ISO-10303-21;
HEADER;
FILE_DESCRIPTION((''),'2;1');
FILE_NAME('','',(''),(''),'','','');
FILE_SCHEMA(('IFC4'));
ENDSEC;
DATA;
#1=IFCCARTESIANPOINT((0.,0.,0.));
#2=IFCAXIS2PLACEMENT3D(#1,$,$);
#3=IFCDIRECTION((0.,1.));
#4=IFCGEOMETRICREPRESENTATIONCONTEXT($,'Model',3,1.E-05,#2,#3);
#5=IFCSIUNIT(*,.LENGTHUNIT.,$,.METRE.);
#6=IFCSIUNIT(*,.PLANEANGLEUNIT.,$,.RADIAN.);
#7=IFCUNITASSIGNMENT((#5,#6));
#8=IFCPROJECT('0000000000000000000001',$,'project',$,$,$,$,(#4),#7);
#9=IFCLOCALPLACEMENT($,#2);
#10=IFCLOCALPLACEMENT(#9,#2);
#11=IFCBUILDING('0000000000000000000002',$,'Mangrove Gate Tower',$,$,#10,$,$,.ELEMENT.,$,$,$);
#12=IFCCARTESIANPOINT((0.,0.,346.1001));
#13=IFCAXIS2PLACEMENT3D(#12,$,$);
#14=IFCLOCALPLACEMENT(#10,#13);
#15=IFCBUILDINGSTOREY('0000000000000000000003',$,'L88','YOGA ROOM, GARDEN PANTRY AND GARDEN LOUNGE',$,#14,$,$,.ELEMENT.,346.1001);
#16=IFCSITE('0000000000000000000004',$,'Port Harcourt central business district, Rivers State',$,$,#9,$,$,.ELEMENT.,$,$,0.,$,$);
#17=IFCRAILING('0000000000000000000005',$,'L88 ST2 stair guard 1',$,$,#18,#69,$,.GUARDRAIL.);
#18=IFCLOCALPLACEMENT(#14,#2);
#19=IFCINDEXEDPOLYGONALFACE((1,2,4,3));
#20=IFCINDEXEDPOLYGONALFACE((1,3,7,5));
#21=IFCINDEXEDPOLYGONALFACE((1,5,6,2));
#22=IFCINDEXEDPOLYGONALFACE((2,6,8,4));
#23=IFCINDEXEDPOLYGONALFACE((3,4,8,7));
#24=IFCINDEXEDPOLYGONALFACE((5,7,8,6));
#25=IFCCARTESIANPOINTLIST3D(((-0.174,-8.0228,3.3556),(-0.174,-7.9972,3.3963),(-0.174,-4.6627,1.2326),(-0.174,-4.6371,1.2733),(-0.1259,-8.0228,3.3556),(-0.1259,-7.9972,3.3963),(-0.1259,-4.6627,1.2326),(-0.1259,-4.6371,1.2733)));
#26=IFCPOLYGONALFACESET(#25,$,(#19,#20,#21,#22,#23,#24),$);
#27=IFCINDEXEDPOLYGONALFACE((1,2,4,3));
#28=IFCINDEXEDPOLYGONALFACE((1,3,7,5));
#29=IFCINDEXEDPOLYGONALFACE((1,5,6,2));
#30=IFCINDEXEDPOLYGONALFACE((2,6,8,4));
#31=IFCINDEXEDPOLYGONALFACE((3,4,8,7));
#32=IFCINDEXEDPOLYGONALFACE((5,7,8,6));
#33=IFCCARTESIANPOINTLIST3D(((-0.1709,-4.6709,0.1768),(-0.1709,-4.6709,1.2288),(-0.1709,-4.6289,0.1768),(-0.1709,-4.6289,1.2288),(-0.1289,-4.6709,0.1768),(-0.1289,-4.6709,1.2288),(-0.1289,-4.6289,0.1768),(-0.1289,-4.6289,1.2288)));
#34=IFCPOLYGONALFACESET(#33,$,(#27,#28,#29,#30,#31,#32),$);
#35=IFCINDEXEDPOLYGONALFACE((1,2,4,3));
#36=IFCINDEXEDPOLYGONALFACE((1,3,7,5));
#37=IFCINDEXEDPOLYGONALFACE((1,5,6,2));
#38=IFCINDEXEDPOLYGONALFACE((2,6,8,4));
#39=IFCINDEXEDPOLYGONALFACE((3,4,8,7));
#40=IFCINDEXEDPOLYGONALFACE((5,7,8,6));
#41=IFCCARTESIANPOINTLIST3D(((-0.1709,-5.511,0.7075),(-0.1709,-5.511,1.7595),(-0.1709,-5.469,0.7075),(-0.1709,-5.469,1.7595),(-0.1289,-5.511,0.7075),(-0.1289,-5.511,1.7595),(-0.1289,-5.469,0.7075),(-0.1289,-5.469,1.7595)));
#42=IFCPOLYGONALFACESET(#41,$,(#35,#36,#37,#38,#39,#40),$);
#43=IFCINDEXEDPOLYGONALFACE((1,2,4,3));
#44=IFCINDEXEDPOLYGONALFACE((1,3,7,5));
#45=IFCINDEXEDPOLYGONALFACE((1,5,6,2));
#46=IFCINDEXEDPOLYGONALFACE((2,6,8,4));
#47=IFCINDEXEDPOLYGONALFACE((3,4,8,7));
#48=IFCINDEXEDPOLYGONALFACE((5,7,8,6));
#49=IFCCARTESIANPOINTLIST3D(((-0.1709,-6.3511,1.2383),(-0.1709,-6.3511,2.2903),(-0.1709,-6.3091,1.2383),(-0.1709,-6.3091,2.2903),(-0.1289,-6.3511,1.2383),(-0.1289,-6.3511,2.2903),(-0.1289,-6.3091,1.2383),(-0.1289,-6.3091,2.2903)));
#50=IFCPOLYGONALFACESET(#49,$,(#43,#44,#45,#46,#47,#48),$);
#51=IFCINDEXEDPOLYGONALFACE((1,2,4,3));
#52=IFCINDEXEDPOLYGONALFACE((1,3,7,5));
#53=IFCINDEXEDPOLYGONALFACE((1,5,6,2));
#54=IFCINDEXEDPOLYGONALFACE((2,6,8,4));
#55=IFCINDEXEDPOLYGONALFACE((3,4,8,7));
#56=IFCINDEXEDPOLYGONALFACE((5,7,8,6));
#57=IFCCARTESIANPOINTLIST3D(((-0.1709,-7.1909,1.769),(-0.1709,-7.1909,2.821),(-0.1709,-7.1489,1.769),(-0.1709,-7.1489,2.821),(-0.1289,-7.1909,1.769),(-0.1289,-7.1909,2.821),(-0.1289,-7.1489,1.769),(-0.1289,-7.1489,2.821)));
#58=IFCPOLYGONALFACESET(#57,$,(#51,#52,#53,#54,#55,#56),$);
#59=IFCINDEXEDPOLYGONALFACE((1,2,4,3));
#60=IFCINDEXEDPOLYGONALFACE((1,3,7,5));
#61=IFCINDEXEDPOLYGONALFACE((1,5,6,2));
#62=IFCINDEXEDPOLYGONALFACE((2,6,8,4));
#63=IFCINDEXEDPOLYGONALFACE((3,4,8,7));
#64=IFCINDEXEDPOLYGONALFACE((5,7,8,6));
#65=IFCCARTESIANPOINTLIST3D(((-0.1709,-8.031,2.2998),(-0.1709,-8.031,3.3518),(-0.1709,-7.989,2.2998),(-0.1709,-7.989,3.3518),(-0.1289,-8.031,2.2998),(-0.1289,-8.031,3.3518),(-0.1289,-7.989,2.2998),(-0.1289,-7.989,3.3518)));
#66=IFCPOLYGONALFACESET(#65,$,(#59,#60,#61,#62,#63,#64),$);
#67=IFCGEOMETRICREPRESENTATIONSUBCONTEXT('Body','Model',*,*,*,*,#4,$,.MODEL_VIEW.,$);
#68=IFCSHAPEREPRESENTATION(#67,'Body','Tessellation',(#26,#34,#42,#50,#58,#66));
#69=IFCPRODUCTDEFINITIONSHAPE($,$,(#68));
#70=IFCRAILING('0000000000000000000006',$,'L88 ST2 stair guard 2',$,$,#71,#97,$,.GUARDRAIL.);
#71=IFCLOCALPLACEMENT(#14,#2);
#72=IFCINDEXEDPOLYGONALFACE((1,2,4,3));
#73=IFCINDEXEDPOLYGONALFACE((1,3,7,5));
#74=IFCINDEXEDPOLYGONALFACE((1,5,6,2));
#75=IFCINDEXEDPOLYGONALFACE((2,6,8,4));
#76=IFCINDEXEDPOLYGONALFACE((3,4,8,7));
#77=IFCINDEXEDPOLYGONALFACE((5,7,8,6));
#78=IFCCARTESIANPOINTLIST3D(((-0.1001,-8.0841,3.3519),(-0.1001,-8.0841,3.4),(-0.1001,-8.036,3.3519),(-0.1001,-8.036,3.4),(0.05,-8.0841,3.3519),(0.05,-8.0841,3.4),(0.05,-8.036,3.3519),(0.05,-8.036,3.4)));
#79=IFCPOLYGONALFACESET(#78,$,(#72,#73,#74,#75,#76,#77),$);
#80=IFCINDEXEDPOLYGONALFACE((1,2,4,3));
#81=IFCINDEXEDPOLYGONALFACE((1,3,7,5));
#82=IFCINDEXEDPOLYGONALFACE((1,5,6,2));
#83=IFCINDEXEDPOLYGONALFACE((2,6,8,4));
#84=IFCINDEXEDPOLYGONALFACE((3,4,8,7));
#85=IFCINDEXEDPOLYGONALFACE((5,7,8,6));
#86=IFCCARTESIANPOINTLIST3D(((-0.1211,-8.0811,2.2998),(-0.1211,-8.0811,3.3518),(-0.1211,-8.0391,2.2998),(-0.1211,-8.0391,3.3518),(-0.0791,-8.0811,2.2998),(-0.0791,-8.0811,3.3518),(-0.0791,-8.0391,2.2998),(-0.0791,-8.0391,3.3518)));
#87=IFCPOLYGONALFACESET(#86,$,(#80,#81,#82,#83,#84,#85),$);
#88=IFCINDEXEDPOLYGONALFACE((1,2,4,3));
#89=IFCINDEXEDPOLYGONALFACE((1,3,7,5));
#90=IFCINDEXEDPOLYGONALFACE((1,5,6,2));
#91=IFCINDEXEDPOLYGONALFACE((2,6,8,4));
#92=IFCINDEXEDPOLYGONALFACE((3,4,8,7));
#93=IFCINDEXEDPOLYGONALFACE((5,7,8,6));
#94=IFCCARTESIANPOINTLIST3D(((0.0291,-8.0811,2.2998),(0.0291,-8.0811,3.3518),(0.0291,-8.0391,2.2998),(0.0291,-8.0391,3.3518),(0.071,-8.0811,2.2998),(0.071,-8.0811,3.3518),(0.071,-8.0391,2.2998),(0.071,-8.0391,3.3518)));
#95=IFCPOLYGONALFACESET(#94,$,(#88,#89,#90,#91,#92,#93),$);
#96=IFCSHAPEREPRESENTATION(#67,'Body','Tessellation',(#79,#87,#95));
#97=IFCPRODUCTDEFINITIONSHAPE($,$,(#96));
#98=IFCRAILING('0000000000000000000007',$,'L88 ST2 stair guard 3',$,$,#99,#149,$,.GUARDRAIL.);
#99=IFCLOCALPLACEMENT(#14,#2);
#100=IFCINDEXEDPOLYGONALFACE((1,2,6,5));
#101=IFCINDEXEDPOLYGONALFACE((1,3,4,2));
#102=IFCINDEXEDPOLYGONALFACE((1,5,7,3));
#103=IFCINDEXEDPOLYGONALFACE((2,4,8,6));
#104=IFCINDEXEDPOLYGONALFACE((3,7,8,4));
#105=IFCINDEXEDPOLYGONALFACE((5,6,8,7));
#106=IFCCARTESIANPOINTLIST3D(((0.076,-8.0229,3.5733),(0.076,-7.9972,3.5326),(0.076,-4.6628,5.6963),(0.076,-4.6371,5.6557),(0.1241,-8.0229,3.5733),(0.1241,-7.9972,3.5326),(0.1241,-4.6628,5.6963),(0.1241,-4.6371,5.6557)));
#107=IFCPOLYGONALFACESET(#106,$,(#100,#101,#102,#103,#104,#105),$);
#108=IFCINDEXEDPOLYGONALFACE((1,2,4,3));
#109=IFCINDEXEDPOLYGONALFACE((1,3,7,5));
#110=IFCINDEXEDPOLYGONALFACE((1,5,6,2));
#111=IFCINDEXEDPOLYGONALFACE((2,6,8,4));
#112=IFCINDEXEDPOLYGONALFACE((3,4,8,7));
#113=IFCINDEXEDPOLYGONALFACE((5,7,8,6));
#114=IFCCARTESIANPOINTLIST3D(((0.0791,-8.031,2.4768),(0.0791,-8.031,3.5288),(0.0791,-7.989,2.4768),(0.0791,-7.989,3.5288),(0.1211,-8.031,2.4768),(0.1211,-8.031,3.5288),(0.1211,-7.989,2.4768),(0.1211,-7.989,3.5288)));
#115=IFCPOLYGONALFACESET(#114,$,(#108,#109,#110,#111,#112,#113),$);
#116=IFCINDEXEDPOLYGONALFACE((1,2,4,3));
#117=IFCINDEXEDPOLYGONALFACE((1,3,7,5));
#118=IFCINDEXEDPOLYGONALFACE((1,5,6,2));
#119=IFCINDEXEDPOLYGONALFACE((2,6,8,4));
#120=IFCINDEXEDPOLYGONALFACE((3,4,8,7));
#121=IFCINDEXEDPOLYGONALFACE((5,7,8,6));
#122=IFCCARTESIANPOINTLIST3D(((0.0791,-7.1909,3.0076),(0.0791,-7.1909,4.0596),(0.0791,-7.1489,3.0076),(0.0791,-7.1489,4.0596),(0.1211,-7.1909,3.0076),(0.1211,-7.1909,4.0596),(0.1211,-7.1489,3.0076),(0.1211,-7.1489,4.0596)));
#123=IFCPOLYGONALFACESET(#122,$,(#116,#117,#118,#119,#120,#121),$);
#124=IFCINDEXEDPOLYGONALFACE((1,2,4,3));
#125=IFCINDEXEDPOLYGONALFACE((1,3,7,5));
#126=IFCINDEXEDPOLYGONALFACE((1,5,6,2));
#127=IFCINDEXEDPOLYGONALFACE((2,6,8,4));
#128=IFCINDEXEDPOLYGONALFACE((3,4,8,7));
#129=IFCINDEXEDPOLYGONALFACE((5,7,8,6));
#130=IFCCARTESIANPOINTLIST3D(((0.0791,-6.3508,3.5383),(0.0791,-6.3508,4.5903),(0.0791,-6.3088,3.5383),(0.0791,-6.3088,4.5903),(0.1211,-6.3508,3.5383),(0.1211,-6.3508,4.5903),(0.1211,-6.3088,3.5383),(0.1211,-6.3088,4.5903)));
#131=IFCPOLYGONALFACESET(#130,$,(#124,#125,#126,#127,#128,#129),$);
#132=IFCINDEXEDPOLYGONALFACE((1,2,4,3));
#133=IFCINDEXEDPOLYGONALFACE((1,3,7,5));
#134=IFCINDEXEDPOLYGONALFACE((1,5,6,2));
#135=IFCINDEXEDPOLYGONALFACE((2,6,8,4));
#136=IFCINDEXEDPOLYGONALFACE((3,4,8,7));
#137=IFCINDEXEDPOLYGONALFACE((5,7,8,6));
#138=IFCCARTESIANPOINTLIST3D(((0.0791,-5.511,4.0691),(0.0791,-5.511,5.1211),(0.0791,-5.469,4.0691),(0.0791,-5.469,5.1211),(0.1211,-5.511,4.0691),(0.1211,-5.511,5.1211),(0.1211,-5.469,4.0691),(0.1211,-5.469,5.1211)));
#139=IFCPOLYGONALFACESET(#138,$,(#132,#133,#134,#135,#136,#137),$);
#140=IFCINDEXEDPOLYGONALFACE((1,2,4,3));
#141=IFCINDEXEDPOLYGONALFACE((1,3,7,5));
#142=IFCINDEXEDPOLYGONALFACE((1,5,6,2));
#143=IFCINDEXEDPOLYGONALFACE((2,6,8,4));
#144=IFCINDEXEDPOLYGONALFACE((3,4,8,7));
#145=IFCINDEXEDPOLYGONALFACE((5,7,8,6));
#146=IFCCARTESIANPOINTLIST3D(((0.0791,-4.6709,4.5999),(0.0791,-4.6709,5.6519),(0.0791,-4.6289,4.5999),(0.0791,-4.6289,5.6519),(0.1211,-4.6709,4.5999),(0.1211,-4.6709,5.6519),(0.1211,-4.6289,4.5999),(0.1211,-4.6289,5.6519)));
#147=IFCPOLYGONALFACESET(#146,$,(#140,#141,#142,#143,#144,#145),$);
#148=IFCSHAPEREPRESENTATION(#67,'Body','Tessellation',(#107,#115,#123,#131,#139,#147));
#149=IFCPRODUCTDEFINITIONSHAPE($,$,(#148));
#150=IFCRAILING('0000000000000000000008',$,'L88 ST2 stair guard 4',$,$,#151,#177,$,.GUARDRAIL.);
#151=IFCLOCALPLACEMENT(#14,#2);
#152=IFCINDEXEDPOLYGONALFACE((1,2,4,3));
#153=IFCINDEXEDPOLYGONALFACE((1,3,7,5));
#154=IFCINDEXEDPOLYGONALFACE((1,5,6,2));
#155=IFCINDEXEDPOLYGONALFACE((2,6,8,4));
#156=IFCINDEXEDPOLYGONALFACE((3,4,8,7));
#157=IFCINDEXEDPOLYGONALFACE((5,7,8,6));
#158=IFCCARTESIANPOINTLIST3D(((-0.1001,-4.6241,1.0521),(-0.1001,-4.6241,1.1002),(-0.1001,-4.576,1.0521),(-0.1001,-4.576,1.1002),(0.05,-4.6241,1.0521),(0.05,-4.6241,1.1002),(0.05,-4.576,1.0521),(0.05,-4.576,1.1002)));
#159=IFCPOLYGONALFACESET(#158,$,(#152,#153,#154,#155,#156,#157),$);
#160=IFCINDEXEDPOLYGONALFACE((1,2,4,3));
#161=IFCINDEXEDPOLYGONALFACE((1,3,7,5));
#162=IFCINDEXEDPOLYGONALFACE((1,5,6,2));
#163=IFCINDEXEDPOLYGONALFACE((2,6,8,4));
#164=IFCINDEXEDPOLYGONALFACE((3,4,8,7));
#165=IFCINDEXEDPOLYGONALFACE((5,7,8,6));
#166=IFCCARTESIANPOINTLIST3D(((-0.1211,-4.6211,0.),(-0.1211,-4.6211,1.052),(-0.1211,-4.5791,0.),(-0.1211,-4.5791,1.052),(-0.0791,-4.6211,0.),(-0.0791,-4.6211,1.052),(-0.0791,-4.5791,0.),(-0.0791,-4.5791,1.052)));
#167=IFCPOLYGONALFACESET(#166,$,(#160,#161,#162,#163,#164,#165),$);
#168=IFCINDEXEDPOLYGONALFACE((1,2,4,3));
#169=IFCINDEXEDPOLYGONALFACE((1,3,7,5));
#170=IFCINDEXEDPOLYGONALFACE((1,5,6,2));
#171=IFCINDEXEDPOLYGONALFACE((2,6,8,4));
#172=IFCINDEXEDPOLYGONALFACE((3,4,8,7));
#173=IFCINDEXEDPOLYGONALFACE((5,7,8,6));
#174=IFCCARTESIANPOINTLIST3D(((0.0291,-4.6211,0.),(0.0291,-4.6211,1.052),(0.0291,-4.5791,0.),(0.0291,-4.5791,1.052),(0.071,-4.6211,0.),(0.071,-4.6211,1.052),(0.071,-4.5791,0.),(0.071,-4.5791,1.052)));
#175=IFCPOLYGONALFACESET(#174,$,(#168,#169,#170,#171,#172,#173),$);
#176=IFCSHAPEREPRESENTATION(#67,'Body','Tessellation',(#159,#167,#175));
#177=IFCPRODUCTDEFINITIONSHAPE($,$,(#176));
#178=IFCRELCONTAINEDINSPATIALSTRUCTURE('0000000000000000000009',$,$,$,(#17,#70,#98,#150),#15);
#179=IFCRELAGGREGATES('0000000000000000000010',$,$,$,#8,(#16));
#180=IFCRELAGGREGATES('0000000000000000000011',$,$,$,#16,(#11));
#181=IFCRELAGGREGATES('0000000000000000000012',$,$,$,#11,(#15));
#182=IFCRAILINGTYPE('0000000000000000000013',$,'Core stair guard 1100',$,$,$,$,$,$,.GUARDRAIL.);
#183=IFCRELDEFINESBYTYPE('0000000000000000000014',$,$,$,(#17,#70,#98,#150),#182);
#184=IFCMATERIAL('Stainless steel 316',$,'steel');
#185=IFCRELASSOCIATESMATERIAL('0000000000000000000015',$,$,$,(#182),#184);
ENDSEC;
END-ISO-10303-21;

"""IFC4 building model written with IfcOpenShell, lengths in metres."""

from ifc_helpers import new_model, si_unit, direction, frame, origin, origin_2d, place, context, subcontext, project, spatial, rectangle, extrude, material, type_object, element, save


model = new_model("IFC4")

# Units and contexts
model_context = context("Model", 3, precision=1e-05, world=origin(), true_north=direction((0.0, 1.0)))
body_context = subcontext(model_context, "Body", "Model", "MODEL_VIEW")
ifc_project = project(units=[si_unit("LENGTHUNIT", "METRE"), si_unit("PLANEANGLEUNIT", "RADIAN")], contexts=[model_context])

# Site, building, storey
site_placement = place(None, origin())
site = spatial("IfcSite", under=ifc_project, at=site_placement, Name="Port Harcourt central business district, Rivers State", CompositionType="ELEMENT", RefElevation=0.0)
building_placement = place(site_placement, origin())
building = spatial("IfcBuilding", under=site, at=building_placement, Name="Mangrove Gate Tower", CompositionType="ELEMENT")
storey_placement = place(building_placement, frame((0.0, 0.0, 346.1001)))
storey = spatial("IfcBuildingStorey", under=building, at=storey_placement, Name="L88", Description="YOGA ROOM, GARDEN PANTRY AND GARDEN LOUNGE", CompositionType="ELEMENT", Elevation=346.1001)

# Railings
ifc_material_1 = material(Name="Stainless steel 316", Category="steel")
railing_type_1 = type_object("IfcRailingType", Name="Core stair guard 1100", PredefinedType="GUARDRAIL", material=ifc_material_1)
railing_1_placement = place(storey_placement, frame((-0.1499, -4.6499, 0.1768)))
element("IfcRailing", 1, at=railing_1_placement, inside=storey, type_object=railing_type_1, Name="L88 ST2 stair guard 1", PredefinedType="GUARDRAIL", context=body_context, shape_type="SweptSolid", body=[
    extrude(rectangle(XDim=0.0481, YDim=0.0481, at=origin_2d()), frame((0.0, 0.0, 1.0762), z_axis=(0.0, -0.84539, 0.53415), x_axis=(1.0, 0.0, 0.0)), (0.0, 0.0, 1.0), 3.9746),
    extrude(rectangle(XDim=0.042, YDim=0.042, at=origin_2d()), origin(), (0.0, 0.0, 1.0), 1.052),
    extrude(rectangle(XDim=0.042, YDim=0.042, at=origin_2d()), frame((0.0, -0.8401, 0.5308)), (0.0, 0.0, 1.0), 1.052),
    extrude(rectangle(XDim=0.042, YDim=0.042, at=origin_2d()), frame((0.0, -1.6802, 1.0615)), (0.0, 0.0, 1.0), 1.052),
    extrude(rectangle(XDim=0.042, YDim=0.042, at=origin_2d()), frame((0.0, -2.52, 1.5923)), (0.0, 0.0, 1.0), 1.052),
    extrude(rectangle(XDim=0.042, YDim=0.042, at=origin_2d()), frame((0.0, -3.3601, 2.123)), (0.0, 0.0, 1.0), 1.052),
])
railing_2_placement = place(storey_placement, frame((-0.1001, -8.0601, 2.2998)))
element("IfcRailing", 2, at=railing_2_placement, inside=storey, type_object=railing_type_1, Name="L88 ST2 stair guard 2", PredefinedType="GUARDRAIL", context=body_context, shape_type="SweptSolid", body=[
    extrude(rectangle(XDim=0.0481, YDim=0.0481, at=origin_2d()), frame((0.0, 0.0, 1.0762), z_axis=(1.0, 0.0, 0.0), x_axis=(0.0, 1.0, 0.0)), (0.0, 0.0, 1.0), 0.1501),
    extrude(rectangle(XDim=0.042, YDim=0.042, at=origin_2d()), origin(), (0.0, 0.0, 1.0), 1.052),
    extrude(rectangle(XDim=0.042, YDim=0.042, at=origin_2d()), frame((0.1501, 0.0, 0.0)), (0.0, 0.0, 1.0), 1.052),
])
railing_3_placement = place(storey_placement, frame((0.1001, -8.01, 2.4768)))
element("IfcRailing", 3, at=railing_3_placement, inside=storey, type_object=railing_type_1, Name="L88 ST2 stair guard 3", PredefinedType="GUARDRAIL", context=body_context, shape_type="SweptSolid", body=[
    extrude(rectangle(XDim=0.0481, YDim=0.0481, at=origin_2d()), frame((0.0, 0.0, 1.0762), z_axis=(0.0, 0.84539, 0.53415), x_axis=(-1.0, 0.0, 0.0)), (0.0, 0.0, 1.0), 3.9746),
    extrude(rectangle(XDim=0.042, YDim=0.042, at=origin_2d()), origin(), (0.0, 0.0, 1.0), 1.052),
    extrude(rectangle(XDim=0.042, YDim=0.042, at=origin_2d()), frame((0.0, 0.8401, 0.5308)), (0.0, 0.0, 1.0), 1.052),
    extrude(rectangle(XDim=0.042, YDim=0.042, at=origin_2d()), frame((0.0, 1.6802, 1.0615)), (0.0, 0.0, 1.0), 1.052),
    extrude(rectangle(XDim=0.042, YDim=0.042, at=origin_2d()), frame((0.0, 2.52, 1.5923)), (0.0, 0.0, 1.0), 1.052),
    extrude(rectangle(XDim=0.042, YDim=0.042, at=origin_2d()), frame((0.0, 3.3601, 2.123)), (0.0, 0.0, 1.0), 1.052),
])
railing_4_placement = place(storey_placement, frame((-0.1001, -4.6001, 0.0)))
element("IfcRailing", 4, at=railing_4_placement, inside=storey, type_object=railing_type_1, Name="L88 ST2 stair guard 4", PredefinedType="GUARDRAIL", context=body_context, shape_type="SweptSolid", body=[
    extrude(rectangle(XDim=0.0481, YDim=0.0481, at=origin_2d()), frame((0.0, 0.0, 1.0762), z_axis=(1.0, 0.0, 0.0), x_axis=(0.0, 1.0, 0.0)), (0.0, 0.0, 1.0), 0.1501),
    extrude(rectangle(XDim=0.042, YDim=0.042, at=origin_2d()), origin(), (0.0, 0.0, 1.0), 1.052),
    extrude(rectangle(XDim=0.042, YDim=0.042, at=origin_2d()), frame((0.1501, 0.0, 0.0)), (0.0, 0.0, 1.0), 1.052),
])

save(model, "model.ifc")
